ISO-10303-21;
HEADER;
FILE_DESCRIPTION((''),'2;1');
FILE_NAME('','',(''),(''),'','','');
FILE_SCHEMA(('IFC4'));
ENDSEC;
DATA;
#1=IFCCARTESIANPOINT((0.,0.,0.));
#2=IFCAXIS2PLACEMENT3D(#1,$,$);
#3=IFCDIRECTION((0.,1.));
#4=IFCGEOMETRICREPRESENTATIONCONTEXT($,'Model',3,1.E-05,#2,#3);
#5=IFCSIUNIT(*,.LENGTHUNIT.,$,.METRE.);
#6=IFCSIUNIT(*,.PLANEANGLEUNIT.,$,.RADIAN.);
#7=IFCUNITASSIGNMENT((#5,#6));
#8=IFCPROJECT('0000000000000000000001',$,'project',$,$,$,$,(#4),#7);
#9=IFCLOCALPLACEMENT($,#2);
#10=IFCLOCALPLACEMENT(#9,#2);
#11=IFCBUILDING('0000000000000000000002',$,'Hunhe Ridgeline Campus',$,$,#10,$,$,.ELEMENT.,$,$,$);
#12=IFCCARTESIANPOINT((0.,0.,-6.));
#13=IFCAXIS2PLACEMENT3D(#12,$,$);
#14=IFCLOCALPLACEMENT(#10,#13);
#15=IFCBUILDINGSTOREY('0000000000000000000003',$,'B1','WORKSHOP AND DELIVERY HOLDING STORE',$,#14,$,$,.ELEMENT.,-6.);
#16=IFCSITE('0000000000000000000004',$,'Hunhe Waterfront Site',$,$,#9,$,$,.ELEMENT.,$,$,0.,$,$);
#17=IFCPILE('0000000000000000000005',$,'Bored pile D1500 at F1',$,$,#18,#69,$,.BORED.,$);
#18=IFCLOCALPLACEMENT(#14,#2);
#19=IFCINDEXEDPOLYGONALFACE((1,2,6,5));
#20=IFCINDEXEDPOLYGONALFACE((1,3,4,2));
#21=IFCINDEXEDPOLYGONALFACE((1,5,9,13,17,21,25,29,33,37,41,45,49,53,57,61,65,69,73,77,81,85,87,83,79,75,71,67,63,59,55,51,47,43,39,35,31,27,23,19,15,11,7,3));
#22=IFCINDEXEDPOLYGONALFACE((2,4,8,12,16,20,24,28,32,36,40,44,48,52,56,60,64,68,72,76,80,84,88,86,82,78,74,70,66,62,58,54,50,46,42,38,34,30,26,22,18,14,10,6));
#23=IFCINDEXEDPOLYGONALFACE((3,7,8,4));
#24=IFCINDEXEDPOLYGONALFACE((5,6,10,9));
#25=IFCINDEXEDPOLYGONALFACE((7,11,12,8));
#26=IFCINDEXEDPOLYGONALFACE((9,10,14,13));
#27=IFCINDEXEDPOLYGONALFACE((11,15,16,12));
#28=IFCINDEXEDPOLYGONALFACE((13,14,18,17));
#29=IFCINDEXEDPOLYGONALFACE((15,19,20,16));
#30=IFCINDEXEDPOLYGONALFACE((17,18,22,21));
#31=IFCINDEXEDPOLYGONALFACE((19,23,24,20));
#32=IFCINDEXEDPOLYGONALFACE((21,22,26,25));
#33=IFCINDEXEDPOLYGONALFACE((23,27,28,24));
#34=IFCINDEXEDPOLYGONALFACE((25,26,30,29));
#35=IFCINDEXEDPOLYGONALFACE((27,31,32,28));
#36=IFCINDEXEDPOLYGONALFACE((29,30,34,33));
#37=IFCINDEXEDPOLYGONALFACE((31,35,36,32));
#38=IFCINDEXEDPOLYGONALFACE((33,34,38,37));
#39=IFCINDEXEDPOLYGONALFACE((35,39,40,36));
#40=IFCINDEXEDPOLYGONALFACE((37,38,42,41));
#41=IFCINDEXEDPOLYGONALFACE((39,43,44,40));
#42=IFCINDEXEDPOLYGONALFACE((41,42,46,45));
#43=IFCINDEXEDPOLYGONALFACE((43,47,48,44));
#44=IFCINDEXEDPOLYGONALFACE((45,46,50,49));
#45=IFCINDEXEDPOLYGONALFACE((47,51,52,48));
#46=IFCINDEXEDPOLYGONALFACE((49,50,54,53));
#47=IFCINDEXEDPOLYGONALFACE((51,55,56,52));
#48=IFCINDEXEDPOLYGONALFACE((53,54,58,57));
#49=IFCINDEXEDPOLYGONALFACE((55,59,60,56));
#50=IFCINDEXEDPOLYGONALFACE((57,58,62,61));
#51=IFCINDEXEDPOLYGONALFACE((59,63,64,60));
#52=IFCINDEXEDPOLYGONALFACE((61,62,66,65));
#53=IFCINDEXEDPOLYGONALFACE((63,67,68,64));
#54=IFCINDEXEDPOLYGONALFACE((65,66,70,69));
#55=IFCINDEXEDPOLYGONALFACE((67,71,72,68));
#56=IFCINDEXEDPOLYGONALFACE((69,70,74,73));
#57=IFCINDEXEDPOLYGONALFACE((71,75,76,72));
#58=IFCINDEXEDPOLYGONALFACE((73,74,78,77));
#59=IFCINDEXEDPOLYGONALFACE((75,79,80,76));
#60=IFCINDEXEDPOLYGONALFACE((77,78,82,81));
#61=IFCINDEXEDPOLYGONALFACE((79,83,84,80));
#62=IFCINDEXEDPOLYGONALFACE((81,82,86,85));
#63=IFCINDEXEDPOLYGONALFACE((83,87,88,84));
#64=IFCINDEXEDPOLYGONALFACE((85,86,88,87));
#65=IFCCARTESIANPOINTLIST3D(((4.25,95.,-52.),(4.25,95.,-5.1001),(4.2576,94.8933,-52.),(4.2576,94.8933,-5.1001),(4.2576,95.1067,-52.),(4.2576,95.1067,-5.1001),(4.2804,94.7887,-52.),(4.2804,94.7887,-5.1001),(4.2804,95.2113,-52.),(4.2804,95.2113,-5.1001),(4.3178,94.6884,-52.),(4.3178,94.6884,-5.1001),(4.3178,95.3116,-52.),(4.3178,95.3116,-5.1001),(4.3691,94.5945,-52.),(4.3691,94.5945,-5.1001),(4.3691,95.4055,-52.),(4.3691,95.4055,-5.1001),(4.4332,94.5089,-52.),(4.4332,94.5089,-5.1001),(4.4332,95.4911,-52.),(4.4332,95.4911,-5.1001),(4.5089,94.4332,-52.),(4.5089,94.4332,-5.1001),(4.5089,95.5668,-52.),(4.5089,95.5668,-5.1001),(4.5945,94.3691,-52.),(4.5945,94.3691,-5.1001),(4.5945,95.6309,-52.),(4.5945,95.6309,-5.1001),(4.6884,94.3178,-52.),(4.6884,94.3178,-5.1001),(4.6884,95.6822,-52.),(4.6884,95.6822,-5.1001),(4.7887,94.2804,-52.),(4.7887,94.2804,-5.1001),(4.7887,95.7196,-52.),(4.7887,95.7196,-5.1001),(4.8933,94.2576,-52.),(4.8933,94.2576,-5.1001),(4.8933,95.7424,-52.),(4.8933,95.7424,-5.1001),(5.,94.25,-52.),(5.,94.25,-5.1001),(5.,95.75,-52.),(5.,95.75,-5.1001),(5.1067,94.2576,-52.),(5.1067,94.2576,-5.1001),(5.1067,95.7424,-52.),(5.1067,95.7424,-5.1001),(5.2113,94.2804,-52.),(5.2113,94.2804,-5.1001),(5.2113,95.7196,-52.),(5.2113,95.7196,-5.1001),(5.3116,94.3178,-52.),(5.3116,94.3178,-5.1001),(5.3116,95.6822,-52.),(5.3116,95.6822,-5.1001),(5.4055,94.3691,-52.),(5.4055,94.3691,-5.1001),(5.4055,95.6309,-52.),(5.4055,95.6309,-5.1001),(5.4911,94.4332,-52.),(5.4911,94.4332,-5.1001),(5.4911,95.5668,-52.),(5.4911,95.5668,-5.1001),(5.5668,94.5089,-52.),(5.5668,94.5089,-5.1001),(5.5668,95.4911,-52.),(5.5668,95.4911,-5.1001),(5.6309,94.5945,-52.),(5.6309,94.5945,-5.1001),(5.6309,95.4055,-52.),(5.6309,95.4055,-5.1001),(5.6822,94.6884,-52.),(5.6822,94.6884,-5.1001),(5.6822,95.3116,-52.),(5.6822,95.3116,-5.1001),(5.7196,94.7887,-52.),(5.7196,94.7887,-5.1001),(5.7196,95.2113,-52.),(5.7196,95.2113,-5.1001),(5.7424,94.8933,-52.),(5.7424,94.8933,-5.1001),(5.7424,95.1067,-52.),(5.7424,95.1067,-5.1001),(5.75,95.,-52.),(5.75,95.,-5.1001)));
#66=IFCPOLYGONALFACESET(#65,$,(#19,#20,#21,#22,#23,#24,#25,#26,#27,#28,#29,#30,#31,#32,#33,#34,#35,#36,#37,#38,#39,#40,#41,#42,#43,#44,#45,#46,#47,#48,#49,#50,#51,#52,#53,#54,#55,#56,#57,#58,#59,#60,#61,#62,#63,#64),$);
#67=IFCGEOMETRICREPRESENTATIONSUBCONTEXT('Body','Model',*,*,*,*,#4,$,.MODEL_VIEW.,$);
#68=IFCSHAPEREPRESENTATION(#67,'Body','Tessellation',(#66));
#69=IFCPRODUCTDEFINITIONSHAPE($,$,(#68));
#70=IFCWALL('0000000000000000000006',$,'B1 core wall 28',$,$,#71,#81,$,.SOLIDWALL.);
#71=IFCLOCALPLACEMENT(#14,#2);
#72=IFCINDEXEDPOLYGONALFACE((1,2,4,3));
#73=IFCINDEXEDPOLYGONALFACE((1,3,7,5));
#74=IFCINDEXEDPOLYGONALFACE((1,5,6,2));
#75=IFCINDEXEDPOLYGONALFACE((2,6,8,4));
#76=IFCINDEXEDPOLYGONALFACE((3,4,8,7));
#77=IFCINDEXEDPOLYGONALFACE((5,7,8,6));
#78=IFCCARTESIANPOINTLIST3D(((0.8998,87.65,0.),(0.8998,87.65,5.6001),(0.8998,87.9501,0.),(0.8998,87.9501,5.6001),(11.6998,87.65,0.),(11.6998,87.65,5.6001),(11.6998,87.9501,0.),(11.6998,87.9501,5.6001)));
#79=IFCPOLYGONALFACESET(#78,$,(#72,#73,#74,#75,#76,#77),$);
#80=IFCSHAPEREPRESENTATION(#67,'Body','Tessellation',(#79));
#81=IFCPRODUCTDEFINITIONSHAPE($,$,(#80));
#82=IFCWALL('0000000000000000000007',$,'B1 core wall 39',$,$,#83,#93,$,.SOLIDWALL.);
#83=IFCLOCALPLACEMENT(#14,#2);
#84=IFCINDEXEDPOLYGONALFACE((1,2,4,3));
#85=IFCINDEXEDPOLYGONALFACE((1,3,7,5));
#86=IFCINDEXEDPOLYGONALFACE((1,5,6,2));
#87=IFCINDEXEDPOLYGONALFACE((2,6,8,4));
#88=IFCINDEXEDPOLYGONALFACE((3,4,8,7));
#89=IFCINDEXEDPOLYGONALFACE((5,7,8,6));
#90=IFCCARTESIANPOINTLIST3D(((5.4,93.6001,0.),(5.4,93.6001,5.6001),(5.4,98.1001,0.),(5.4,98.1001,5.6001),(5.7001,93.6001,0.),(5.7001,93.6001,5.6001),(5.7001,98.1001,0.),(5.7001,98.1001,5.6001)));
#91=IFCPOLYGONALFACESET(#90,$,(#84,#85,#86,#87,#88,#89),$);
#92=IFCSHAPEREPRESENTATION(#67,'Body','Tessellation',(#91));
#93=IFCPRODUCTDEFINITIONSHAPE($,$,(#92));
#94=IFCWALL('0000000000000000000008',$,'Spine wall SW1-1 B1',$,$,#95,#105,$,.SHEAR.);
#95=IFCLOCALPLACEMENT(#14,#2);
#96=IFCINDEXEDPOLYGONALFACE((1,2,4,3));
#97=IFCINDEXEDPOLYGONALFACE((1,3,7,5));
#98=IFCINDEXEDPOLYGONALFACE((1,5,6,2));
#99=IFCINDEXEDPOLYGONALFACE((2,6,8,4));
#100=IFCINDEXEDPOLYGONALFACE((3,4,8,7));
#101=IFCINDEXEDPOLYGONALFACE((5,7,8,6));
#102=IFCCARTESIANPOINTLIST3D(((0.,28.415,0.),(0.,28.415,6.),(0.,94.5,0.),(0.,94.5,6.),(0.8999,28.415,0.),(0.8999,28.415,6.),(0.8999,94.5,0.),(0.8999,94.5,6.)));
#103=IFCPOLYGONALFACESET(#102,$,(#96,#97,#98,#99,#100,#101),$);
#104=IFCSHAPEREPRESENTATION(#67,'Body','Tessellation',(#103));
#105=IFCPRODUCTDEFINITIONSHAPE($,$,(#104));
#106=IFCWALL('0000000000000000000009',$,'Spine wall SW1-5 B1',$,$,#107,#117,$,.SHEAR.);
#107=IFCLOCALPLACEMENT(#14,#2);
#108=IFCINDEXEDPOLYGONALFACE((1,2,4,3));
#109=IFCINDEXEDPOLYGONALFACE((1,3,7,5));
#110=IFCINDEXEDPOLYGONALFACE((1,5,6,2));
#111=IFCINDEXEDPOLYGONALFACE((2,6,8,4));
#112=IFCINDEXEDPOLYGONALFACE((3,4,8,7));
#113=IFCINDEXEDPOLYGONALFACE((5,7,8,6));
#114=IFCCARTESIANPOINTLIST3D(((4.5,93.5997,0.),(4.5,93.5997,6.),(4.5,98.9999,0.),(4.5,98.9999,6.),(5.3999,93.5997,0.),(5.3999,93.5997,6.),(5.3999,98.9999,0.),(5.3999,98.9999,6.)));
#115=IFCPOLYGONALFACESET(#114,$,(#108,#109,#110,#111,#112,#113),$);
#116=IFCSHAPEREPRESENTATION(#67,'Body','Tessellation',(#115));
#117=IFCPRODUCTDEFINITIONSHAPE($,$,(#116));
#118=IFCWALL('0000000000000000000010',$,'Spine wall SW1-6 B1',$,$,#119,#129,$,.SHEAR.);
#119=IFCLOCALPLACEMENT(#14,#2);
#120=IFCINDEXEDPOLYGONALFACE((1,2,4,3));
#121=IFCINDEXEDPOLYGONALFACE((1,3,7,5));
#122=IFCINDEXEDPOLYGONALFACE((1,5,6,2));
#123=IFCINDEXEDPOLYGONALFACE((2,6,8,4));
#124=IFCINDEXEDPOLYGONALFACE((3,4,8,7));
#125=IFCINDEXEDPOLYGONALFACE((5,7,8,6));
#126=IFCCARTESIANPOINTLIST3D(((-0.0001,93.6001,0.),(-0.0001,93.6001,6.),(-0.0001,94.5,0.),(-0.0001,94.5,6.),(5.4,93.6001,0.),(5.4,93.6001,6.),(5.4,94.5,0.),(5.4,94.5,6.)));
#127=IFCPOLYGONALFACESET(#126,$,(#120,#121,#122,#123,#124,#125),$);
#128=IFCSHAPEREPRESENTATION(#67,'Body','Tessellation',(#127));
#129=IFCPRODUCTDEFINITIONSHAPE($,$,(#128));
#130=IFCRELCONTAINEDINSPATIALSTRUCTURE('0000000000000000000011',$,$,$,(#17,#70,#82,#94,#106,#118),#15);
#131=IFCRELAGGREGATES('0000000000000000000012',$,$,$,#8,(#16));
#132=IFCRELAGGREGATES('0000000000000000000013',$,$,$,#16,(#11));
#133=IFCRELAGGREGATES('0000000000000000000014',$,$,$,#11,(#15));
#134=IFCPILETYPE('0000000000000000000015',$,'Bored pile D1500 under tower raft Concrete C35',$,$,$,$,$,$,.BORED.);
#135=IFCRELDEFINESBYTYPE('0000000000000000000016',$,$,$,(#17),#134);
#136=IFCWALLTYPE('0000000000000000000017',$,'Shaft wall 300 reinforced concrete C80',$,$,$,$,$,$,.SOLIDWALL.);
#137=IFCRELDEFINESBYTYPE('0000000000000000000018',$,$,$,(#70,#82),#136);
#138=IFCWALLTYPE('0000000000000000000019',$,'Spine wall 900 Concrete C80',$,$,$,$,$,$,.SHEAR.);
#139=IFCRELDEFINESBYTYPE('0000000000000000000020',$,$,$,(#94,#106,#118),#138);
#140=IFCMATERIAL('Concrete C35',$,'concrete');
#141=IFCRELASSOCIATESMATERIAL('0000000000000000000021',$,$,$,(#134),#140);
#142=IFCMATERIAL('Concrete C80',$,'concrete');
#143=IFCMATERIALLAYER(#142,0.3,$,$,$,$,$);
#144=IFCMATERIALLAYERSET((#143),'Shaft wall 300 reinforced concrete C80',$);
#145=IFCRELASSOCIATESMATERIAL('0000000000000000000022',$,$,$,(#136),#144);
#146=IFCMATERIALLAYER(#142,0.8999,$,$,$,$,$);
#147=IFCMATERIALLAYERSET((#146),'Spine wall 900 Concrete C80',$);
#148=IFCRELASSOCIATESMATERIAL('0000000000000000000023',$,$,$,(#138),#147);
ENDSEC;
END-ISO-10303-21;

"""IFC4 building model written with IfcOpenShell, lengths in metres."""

from ifc_helpers import new_model, si_unit, direction, frame, frame_2d, origin, origin_2d, place, context, subcontext, project, spatial, rectangle, circle, extrude, material, layer, layer_set, material_profile, profile_set, type_object, element, save


model = new_model("IFC4")

# Units and contexts
model_context = context("Model", 3, precision=1e-05, world=origin(), true_north=direction((0.0, 1.0)))
body_context = subcontext(model_context, "Body", "Model", "MODEL_VIEW")
ifc_project = project(units=[si_unit("LENGTHUNIT", "METRE"), si_unit("PLANEANGLEUNIT", "RADIAN")], contexts=[model_context])

# Site, building, storey
site_placement = place(None, origin())
site = spatial("IfcSite", under=ifc_project, at=site_placement, Name="Hunhe Waterfront Site", CompositionType="ELEMENT", RefElevation=0.0)
building_placement = place(site_placement, origin())
building = spatial("IfcBuilding", under=site, at=building_placement, Name="Hunhe Ridgeline Campus", CompositionType="ELEMENT")
storey_placement = place(building_placement, frame((0.0, 0.0, -6.0)))
storey = spatial("IfcBuildingStorey", under=building, at=storey_placement, Name="B1", Description="WORKSHOP AND DELIVERY HOLDING STORE", CompositionType="ELEMENT", Elevation=-6.0)

# Pile
ifc_material_1 = material(Name="Concrete C35", Category="concrete")
ifc_material_profile = material_profile(ifc_material_1, circle(Radius=0.75, at=origin_2d()))
ifc_profile_set = profile_set([ifc_material_profile], Name="Concrete C35")
pile_type = type_object("IfcPileType", Name="Bored pile D1500 under tower raft Concrete C35", PredefinedType="BORED", material=ifc_profile_set)
for number, where, z_axis, x_axis, name in (
    (1, (5.0, 95.0, -5.1001), (0.0, 0.0, -1.0), (1.0, 0.0, 0.0), "Bored pile D1500 at F1"),
):
    element("IfcPile", number, at=place(storey_placement, frame(where, z_axis=z_axis, x_axis=x_axis)), inside=storey, type_object=pile_type, Name=name, PredefinedType="BORED", context=body_context, shape_type="SweptSolid", body=[
        extrude(circle(Radius=0.75, at=origin_2d()), origin(), (0.0, 0.0, 1.0), 46.8999),
    ])

# Shared definitions
ifc_material_2 = material(Name="Concrete C80", Category="concrete")

# Wall
ifc_layer_1 = layer(ifc_material_2, 0.3)
ifc_layer_set_1 = layer_set([ifc_layer_1], Name="Shaft wall 300 reinforced concrete C80")
wall_type_1 = type_object("IfcWallType", Name="Shaft wall 300 reinforced concrete C80", PredefinedType="SOLIDWALL", material=ifc_layer_set_1)
wall_1_placement = place(storey_placement, frame((0.8999, 87.8, 0.0), z_axis=(0.0, 0.0, 1.0), x_axis=(1.0, 0.0, 0.0)))
element("IfcWall", 2, at=wall_1_placement, inside=storey, type_object=wall_type_1, Name="B1 core wall 28", PredefinedType="SOLIDWALL", context=body_context, shape_type="SweptSolid", body=[
    extrude(rectangle(XDim=10.8, YDim=0.3, at=frame_2d((5.3999, 0.0))), origin(), (0.0, 0.0, 1.0), 5.6001),
])

# Walls
wall_2_placement = place(storey_placement, frame((5.55, 93.6001, 0.0), z_axis=(0.0, 0.0, 1.0), x_axis=(0.0, 1.0, 0.0)))
element("IfcWall", 3, at=wall_2_placement, inside=storey, type_object=wall_type_1, Name="B1 core wall 39", PredefinedType="SOLIDWALL", context=body_context, shape_type="SweptSolid", body=[
    extrude(rectangle(XDim=4.5, YDim=0.3, at=frame_2d((2.25, 0.0))), origin(), (0.0, 0.0, 1.0), 5.6001),
])
ifc_layer_2 = layer(ifc_material_2, 0.8999)
ifc_layer_set_2 = layer_set([ifc_layer_2], Name="Spine wall 900 Concrete C80")
wall_type_2 = type_object("IfcWallType", Name="Spine wall 900 Concrete C80", PredefinedType="SHEAR", material=ifc_layer_set_2)
wall_3_placement = place(storey_placement, frame((0.45, 94.5, 0.0), z_axis=(0.0, 0.0, 1.0), x_axis=(0.0, -1.0, 0.0)))
element("IfcWall", 4, at=wall_3_placement, inside=storey, type_object=wall_type_2, Name="Spine wall SW1-1 B1", PredefinedType="SHEAR", context=body_context, shape_type="SweptSolid", body=[
    extrude(rectangle(XDim=66.085, YDim=0.8999, at=frame_2d((33.0425, 0.0))), origin(), (0.0, 0.0, 1.0), 6.0),
])
for number, where, z_axis, x_axis, name in (
    (5, (4.95, 99.0, 0.0), (0.0, 0.0, 1.0), (0.0, -1.0, 0.0), "Spine wall SW1-5 B1"),
    (6, (5.4001, 94.05, 0.0), (0.0, 0.0, 1.0), (-1.0, 0.0, 0.0), "Spine wall SW1-6 B1"),
):
    element("IfcWall", number, at=place(storey_placement, frame(where, z_axis=z_axis, x_axis=x_axis)), inside=storey, type_object=wall_type_2, Name=name, PredefinedType="SHEAR", context=body_context, shape_type="SweptSolid", body=[
        extrude(rectangle(XDim=5.4001, YDim=0.8999, at=frame_2d((2.7002, 0.0))), origin(), (0.0, 0.0, 1.0), 6.0),
    ])

save(model, "model.ifc")
